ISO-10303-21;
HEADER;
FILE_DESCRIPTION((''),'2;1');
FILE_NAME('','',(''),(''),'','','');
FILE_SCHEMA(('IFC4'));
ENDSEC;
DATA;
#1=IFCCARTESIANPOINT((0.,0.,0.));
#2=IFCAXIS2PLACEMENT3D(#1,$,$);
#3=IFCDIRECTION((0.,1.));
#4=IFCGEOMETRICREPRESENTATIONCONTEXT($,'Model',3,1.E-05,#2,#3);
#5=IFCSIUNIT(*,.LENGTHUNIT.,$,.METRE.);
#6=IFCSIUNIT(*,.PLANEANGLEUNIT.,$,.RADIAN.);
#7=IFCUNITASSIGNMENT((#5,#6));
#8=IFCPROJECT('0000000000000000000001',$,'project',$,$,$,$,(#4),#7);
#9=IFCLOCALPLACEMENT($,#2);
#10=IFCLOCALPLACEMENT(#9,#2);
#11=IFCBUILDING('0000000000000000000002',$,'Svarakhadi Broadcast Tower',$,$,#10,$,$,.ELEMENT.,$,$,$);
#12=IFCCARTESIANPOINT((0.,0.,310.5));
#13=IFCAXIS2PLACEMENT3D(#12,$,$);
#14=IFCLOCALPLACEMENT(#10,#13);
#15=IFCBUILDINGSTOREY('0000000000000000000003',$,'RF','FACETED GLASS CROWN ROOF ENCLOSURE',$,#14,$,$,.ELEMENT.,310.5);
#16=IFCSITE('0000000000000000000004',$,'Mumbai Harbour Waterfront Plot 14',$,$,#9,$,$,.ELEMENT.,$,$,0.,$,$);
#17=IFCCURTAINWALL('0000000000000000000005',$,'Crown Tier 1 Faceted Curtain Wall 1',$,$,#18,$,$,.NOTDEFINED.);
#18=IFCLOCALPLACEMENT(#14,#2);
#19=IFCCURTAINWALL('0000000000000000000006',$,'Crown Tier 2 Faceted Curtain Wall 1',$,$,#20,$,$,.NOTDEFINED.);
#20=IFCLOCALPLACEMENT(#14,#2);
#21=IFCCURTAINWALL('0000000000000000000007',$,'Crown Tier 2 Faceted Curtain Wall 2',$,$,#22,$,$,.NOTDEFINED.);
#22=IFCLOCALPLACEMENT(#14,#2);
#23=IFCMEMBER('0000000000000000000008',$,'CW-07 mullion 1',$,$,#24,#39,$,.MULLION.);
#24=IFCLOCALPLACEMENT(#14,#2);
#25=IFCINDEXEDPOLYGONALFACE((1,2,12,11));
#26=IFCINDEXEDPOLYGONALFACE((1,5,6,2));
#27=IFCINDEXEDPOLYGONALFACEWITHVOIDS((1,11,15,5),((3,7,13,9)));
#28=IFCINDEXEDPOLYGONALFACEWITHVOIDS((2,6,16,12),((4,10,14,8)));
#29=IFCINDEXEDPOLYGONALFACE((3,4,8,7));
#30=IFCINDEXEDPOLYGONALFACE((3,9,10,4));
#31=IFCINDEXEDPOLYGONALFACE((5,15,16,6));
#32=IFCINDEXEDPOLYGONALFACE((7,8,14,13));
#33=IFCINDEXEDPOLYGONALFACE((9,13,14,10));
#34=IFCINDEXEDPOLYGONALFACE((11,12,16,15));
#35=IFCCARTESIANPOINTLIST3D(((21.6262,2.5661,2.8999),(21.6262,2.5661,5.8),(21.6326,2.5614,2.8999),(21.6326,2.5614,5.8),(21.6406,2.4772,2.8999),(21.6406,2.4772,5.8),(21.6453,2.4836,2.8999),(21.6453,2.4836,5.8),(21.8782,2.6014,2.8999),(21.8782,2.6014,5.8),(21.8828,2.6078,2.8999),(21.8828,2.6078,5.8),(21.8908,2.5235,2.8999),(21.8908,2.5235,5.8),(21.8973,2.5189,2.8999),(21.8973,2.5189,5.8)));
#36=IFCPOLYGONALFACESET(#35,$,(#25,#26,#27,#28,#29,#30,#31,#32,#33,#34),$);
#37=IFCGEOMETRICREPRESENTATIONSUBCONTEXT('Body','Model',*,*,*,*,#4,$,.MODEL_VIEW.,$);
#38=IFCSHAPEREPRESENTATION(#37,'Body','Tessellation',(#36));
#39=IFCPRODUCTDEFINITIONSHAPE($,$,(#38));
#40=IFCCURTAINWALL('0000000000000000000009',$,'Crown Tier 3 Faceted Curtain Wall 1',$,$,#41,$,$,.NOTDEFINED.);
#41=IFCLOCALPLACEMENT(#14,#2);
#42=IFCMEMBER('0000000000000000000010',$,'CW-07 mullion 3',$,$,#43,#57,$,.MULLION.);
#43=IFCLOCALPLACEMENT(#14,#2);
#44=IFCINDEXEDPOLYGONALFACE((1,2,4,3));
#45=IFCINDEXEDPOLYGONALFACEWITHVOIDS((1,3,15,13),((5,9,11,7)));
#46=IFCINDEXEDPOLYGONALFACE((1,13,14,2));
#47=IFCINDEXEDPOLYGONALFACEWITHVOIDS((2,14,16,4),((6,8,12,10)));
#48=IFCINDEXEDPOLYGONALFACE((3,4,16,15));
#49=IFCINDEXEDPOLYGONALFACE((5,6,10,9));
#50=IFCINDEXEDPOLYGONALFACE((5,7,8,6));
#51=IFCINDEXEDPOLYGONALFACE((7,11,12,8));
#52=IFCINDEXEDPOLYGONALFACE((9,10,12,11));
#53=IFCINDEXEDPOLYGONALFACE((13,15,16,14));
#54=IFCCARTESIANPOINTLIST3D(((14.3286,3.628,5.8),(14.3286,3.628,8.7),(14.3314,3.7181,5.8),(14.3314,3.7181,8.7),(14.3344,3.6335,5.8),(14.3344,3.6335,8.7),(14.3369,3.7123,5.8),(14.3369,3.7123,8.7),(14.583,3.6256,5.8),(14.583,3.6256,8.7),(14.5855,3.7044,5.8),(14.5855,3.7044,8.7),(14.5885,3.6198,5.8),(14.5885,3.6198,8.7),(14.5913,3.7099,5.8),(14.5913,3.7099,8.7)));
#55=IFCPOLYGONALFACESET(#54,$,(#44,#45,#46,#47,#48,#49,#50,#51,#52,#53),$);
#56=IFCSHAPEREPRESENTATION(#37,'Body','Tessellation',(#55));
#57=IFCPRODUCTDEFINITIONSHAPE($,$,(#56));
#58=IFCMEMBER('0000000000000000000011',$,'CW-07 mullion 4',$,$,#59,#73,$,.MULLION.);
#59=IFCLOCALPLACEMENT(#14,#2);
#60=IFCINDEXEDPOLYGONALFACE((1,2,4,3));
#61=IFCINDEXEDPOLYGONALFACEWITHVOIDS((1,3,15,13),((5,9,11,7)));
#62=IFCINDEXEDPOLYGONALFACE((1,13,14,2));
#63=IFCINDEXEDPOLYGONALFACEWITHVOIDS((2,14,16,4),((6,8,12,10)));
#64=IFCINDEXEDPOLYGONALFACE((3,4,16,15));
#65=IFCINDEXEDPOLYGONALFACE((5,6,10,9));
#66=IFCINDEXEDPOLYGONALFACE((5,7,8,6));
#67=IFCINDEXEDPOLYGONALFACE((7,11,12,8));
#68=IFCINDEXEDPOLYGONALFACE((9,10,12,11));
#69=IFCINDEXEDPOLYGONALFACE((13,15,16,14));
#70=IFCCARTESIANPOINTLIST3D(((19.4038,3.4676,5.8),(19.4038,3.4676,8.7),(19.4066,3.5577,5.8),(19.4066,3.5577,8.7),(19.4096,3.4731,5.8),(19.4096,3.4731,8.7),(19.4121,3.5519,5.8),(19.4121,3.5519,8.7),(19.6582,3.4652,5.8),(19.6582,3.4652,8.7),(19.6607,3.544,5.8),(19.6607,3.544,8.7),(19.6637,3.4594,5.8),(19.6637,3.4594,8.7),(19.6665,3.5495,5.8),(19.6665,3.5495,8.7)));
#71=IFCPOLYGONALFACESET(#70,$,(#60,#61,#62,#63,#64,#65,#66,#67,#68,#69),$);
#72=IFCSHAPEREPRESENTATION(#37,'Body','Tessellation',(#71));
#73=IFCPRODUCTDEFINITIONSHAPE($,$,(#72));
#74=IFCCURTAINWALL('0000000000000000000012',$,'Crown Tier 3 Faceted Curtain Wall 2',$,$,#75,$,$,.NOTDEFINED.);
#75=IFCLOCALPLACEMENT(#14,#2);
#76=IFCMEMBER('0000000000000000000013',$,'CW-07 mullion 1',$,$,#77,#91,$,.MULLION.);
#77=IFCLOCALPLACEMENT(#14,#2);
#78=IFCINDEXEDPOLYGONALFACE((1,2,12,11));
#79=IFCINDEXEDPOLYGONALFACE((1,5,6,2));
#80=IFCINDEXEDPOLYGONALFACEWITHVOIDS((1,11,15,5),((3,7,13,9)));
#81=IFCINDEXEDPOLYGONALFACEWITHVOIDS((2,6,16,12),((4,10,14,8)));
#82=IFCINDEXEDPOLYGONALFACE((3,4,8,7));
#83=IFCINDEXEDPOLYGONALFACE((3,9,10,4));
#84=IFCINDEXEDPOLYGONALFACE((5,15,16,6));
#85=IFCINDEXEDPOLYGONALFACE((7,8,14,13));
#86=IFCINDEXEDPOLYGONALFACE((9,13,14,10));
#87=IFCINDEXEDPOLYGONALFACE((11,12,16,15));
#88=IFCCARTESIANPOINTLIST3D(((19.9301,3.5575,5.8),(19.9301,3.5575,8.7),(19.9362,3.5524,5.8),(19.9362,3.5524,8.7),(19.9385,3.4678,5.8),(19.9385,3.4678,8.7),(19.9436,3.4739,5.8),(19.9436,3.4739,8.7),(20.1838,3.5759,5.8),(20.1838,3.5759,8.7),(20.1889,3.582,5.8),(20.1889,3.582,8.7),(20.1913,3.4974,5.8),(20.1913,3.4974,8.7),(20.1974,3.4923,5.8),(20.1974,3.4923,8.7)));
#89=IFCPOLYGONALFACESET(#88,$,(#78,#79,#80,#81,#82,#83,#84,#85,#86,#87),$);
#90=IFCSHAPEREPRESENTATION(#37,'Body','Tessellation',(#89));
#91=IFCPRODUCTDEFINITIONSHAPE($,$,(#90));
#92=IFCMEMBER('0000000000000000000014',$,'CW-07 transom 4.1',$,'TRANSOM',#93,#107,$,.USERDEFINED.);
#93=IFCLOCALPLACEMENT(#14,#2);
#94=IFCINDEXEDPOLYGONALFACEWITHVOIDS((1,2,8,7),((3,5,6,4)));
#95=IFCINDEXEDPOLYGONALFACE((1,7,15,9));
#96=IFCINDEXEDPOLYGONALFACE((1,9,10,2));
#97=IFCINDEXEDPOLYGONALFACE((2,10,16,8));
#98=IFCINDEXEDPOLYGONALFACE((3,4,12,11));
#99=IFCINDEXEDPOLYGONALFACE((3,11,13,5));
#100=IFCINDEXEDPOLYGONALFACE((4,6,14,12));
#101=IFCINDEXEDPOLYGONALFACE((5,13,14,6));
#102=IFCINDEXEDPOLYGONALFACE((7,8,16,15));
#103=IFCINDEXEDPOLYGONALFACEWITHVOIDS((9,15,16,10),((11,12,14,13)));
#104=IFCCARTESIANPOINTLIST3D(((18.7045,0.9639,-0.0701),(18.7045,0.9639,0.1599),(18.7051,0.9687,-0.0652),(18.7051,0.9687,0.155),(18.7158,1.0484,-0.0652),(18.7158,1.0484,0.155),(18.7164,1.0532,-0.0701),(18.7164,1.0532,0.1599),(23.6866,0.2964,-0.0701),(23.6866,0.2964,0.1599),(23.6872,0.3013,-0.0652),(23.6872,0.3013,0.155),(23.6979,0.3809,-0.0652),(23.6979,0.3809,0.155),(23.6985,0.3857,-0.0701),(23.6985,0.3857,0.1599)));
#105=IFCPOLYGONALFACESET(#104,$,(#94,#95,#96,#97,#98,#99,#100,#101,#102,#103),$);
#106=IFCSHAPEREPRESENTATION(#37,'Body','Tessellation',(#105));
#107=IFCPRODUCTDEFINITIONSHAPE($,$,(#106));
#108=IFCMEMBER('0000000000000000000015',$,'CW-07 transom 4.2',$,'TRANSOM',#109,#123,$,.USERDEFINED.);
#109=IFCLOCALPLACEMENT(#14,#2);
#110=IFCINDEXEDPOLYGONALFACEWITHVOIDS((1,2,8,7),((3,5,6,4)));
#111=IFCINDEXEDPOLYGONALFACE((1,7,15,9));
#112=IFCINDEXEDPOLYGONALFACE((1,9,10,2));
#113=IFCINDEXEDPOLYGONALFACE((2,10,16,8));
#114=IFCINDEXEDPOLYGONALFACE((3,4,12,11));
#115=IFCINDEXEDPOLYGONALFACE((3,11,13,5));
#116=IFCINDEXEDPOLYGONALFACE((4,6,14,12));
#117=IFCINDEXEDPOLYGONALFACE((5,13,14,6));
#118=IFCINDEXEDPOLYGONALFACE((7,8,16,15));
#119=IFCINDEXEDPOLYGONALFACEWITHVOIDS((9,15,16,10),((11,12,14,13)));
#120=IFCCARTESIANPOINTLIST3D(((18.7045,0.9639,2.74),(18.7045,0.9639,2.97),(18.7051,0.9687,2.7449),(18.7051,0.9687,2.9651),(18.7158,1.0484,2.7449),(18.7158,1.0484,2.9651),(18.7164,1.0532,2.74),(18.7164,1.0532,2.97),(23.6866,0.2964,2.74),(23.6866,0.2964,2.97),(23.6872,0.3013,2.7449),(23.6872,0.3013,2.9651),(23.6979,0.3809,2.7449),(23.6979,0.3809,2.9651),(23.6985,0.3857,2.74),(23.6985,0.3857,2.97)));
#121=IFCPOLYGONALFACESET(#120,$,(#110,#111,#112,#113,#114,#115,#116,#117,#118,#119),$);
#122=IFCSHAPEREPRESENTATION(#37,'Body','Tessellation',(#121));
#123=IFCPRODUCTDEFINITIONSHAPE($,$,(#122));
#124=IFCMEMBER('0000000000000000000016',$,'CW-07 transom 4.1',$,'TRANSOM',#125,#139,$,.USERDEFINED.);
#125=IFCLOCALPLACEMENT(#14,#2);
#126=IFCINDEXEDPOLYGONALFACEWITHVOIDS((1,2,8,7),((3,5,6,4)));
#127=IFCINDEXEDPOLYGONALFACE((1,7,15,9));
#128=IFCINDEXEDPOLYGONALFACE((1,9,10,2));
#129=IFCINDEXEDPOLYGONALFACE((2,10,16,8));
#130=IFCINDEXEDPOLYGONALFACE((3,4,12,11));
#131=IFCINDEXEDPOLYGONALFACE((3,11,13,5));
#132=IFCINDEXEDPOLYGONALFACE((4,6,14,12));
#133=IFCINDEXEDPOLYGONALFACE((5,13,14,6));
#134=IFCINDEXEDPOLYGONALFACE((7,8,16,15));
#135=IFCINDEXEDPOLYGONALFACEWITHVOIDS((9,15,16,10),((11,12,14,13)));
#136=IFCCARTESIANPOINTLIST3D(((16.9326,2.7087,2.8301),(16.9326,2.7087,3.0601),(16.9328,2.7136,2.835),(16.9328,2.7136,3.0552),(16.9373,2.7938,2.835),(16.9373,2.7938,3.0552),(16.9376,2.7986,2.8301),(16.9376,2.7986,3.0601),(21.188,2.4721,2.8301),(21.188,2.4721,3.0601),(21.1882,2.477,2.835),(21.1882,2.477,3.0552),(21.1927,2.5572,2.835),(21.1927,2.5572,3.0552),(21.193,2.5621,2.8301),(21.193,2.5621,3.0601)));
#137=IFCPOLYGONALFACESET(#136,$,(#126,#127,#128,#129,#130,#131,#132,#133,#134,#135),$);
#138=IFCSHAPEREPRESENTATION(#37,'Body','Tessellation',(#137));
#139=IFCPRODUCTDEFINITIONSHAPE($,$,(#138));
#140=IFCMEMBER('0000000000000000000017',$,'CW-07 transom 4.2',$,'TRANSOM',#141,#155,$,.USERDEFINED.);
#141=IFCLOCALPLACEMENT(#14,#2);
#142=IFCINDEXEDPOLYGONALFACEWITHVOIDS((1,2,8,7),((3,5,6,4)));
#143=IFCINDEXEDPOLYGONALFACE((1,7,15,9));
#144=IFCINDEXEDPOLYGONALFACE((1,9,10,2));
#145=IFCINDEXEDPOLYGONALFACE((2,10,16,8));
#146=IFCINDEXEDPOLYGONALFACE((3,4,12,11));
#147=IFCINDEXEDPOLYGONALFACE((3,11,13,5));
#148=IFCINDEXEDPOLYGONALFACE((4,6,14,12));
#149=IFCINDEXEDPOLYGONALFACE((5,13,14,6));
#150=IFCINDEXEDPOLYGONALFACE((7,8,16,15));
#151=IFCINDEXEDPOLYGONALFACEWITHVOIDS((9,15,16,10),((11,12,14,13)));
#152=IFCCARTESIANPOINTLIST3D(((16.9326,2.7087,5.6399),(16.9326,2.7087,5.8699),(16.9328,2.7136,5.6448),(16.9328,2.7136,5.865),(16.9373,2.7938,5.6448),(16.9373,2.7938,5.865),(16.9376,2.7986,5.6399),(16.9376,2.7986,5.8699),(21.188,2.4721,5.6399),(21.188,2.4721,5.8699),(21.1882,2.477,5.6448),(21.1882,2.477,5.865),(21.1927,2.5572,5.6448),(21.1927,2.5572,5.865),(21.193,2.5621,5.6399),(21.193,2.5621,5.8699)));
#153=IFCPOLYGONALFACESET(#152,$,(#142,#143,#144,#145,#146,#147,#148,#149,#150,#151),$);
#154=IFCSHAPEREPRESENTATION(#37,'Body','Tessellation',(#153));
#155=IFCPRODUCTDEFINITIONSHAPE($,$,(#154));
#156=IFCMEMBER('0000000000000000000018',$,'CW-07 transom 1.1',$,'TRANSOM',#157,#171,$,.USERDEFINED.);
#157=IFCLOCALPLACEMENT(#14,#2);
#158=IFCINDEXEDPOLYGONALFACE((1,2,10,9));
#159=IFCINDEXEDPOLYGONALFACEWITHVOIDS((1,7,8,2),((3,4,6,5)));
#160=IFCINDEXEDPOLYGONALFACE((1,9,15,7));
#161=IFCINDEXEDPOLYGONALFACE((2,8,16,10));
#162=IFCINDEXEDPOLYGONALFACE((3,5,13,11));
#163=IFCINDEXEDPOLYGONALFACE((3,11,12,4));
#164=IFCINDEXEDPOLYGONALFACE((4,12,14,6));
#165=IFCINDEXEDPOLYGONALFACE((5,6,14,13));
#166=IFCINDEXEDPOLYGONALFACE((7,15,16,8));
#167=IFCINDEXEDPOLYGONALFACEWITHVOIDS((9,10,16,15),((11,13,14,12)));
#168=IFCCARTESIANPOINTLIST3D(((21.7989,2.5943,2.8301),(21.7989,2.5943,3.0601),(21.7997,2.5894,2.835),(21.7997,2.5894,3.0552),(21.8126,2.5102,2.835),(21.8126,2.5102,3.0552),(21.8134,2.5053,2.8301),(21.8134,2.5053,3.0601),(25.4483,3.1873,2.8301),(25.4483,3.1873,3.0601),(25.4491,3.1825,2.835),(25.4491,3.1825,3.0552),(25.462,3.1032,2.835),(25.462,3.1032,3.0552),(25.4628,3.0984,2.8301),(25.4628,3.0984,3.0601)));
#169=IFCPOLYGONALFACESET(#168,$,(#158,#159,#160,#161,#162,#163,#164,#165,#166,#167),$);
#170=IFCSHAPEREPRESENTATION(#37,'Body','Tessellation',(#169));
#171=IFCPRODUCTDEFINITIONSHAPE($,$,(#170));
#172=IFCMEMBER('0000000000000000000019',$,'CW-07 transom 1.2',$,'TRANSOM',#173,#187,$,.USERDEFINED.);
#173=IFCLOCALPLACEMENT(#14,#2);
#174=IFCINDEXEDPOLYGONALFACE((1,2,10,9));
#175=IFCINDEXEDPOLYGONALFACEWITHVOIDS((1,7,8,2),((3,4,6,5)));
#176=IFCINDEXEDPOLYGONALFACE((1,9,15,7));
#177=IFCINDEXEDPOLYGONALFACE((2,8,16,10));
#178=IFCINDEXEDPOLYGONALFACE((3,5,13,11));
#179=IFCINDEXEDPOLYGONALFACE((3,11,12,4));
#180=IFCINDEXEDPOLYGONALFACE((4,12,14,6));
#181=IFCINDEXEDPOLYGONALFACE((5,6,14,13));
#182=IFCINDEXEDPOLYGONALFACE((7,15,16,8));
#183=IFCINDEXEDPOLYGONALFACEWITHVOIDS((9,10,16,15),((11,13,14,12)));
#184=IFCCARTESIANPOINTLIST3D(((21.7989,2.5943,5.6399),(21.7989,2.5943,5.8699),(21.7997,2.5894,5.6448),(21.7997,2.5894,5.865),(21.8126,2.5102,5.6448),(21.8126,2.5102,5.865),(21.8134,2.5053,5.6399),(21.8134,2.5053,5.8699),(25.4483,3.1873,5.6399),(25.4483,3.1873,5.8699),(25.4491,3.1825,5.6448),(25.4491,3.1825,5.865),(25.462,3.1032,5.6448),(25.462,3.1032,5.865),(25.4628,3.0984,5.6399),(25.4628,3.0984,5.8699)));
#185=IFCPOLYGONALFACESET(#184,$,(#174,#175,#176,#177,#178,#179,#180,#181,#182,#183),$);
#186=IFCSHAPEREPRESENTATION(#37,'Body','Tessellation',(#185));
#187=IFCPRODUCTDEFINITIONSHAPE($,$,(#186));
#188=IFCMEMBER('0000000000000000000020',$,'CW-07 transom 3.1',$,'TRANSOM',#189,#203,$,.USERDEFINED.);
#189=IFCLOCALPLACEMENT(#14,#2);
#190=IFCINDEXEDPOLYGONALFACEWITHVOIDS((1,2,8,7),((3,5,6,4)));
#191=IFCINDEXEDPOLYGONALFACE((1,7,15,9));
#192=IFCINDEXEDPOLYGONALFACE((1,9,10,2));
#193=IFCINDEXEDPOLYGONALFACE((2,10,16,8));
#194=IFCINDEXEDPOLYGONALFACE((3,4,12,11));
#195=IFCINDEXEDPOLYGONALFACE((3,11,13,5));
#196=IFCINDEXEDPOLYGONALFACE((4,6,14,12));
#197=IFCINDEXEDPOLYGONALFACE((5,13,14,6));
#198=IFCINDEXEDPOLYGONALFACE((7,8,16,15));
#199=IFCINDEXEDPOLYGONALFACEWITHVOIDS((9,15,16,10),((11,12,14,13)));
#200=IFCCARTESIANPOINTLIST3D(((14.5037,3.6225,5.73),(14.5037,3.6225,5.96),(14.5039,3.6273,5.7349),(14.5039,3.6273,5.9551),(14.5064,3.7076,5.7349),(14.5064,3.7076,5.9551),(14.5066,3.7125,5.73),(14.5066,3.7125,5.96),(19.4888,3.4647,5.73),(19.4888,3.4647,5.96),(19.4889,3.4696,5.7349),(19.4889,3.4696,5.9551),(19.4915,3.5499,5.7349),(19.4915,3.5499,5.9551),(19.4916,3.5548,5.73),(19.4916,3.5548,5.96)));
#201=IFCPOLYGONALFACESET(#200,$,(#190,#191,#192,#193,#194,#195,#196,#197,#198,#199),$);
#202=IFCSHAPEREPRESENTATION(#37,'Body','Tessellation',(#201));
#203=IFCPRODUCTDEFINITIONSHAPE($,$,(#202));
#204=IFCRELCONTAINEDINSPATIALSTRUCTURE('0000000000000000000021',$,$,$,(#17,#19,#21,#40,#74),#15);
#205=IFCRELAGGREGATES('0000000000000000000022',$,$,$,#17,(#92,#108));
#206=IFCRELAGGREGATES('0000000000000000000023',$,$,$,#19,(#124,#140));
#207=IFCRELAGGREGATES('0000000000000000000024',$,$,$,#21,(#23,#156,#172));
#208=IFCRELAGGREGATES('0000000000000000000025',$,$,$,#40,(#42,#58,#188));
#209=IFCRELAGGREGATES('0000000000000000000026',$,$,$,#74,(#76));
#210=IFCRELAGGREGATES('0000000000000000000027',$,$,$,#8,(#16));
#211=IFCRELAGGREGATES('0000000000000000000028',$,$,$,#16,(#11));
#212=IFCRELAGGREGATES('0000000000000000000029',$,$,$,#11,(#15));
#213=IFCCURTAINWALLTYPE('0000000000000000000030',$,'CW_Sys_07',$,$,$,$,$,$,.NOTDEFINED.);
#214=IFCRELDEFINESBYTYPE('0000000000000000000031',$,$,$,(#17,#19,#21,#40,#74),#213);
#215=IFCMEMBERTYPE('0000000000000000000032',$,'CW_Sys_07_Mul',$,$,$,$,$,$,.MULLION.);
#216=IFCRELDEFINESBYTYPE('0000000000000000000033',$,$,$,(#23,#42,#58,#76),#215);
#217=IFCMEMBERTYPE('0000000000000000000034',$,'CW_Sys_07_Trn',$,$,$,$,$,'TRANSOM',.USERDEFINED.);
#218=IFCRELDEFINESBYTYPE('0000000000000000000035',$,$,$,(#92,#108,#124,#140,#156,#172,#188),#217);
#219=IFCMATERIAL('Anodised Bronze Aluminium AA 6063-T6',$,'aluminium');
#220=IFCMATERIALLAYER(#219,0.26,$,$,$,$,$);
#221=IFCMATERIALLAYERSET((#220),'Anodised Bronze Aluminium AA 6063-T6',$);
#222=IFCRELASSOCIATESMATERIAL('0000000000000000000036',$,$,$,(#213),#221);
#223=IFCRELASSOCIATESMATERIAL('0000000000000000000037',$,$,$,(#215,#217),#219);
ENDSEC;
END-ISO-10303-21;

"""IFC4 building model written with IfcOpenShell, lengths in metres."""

from ifc_helpers import new_model, si_unit, direction, frame, origin, origin_2d, place, context, subcontext, project, spatial, hollow_rectangle, extrude, material, layer, layer_set, material_profile, profile_set, type_object, element, aggregate, save


model = new_model("IFC4")

# Units and contexts
model_context = context("Model", 3, precision=1e-05, world=origin(), true_north=direction((0.0, 1.0)))
body_context = subcontext(model_context, "Body", "Model", "MODEL_VIEW")
ifc_project = project(units=[si_unit("LENGTHUNIT", "METRE"), si_unit("PLANEANGLEUNIT", "RADIAN")], contexts=[model_context])

# Site, building, storey
site_placement = place(None, origin())
site = spatial("IfcSite", under=ifc_project, at=site_placement, Name="Mumbai Harbour Waterfront Plot 14", CompositionType="ELEMENT", RefElevation=0.0)
building_placement = place(site_placement, origin())
building = spatial("IfcBuilding", under=site, at=building_placement, Name="Svarakhadi Broadcast Tower", CompositionType="ELEMENT")
storey_placement = place(building_placement, frame((0.0, 0.0, 310.5)))
storey = spatial("IfcBuildingStorey", under=building, at=storey_placement, Name="RF", Description="FACETED GLASS CROWN ROOF ENCLOSURE", CompositionType="ELEMENT", Elevation=310.5)

# Curtain walls
ifc_material_1 = material(Name="Anodised Bronze Aluminium AA 6063-T6", Category="aluminium")
ifc_layer_1 = layer(ifc_material_1, 0.26)
ifc_layer_set_1 = layer_set([ifc_layer_1], Name="Anodised Bronze Aluminium AA 6063-T6")
curtain_wall_type = type_object("IfcCurtainWallType", Name="CW_Sys_07", PredefinedType="NOTDEFINED", material=ifc_layer_set_1)
curtain_wall_1_placement = place(storey_placement, origin())
curtain_wall_1 = element("IfcCurtainWall", 1, at=curtain_wall_1_placement, inside=storey, type_object=curtain_wall_type, Name="Crown Tier 1 Faceted Curtain Wall 1", PredefinedType="NOTDEFINED")
ifc_material_profile_1 = material_profile(ifc_material_1, hollow_rectangle(XDim=0.0901, YDim=0.26, WallThickness=0.0056, at=origin_2d()), Name="ALU MULLION 260x90x6")
ifc_profile_set_1 = profile_set([ifc_material_profile_1], Name="Anodised Bronze Aluminium AA 6063-T6")
member_type_1 = type_object("IfcMemberType", Name="CW_Sys_07_Mul", PredefinedType="MULLION", material=ifc_profile_set_1)
curtain_wall_2_placement = place(storey_placement, origin())
curtain_wall_2 = element("IfcCurtainWall", 2, at=curtain_wall_2_placement, inside=storey, type_object=curtain_wall_type, Name="Crown Tier 2 Faceted Curtain Wall 1", PredefinedType="NOTDEFINED")

# Curtain wall, member
curtain_wall_3_placement = place(storey_placement, origin())
curtain_wall_3 = element("IfcCurtainWall", 3, at=curtain_wall_3_placement, inside=storey, type_object=curtain_wall_type, Name="Crown Tier 2 Faceted Curtain Wall 2", PredefinedType="NOTDEFINED")
member_1_placement = place(storey_placement, frame((21.7617, 2.5425, 2.8999), z_axis=(0.0, 0.0, 1.0), x_axis=(-0.160395, 0.987053, 0.0)))
member_1 = element("IfcMember", 4, at=member_1_placement, type_object=member_type_1, Name="CW-07 mullion 1", PredefinedType="MULLION", context=body_context, shape_type="SweptSolid", body=[
    extrude(hollow_rectangle(XDim=0.0901, YDim=0.26, WallThickness=0.0056, at=origin_2d()), origin(), (0.0, 0.0, 1.0), 2.9001),
])

# Curtain wall, members
curtain_wall_4_placement = place(storey_placement, origin())
curtain_wall_4 = element("IfcCurtainWall", 5, at=curtain_wall_4_placement, inside=storey, type_object=curtain_wall_type, Name="Crown Tier 3 Faceted Curtain Wall 1", PredefinedType="NOTDEFINED")
member_2_placement = place(storey_placement, frame((14.46, 3.6689, 5.8), z_axis=(0.0, 0.0, 1.0), x_axis=(0.031624, 0.9995, 0.0)))
member_2 = element("IfcMember", 6, at=member_2_placement, type_object=member_type_1, Name="CW-07 mullion 3", PredefinedType="MULLION", context=body_context, shape_type="SweptSolid", body=[
    extrude(hollow_rectangle(XDim=0.0901, YDim=0.26, WallThickness=0.0056, at=origin_2d()), origin(), (0.0, 0.0, 1.0), 2.8999),
])
member_3_placement = place(storey_placement, frame((19.5352, 3.5085, 5.8), z_axis=(0.0, 0.0, 1.0), x_axis=(0.031624, 0.9995, 0.0)))
member_3 = element("IfcMember", 7, at=member_3_placement, type_object=member_type_1, Name="CW-07 mullion 4", PredefinedType="MULLION", context=body_context, shape_type="SweptSolid", body=[
    extrude(hollow_rectangle(XDim=0.0901, YDim=0.26, WallThickness=0.0056, at=origin_2d()), origin(), (0.0, 0.0, 1.0), 2.8999),
])

# Curtain wall, member
curtain_wall_5_placement = place(storey_placement, origin())
curtain_wall_5 = element("IfcCurtainWall", 8, at=curtain_wall_5_placement, inside=storey, type_object=curtain_wall_type, Name="Crown Tier 3 Faceted Curtain Wall 2", PredefinedType="NOTDEFINED")
member_4_placement = place(storey_placement, frame((20.0637, 3.5249, 5.8), z_axis=(0.0, 0.0, 1.0), x_axis=(-0.094179, 0.995555, 0.0)))
member_4 = element("IfcMember", 9, at=member_4_placement, type_object=member_type_1, Name="CW-07 mullion 1", PredefinedType="MULLION", context=body_context, shape_type="SweptSolid", body=[
    extrude(hollow_rectangle(XDim=0.0901, YDim=0.26, WallThickness=0.0056, at=origin_2d()), origin(), (0.0, 0.0, 1.0), 2.8999),
])

# Members
ifc_material_profile_2 = material_profile(ifc_material_1, hollow_rectangle(XDim=0.0901, YDim=0.23, WallThickness=0.0049, at=origin_2d()), Name="ALU TRANSOM 230x90x5")
ifc_profile_set_2 = profile_set([ifc_material_profile_2], Name="Anodised Bronze Aluminium AA 6063-T6")
member_type_2 = type_object("IfcMemberType", Name="CW_Sys_07_Trn", ElementType="TRANSOM", PredefinedType="USERDEFINED", material=ifc_profile_set_2)
member_5_placement = place(storey_placement, frame((18.7104, 1.0085, 0.0449), z_axis=(0.991145, -0.132787, 0.0), x_axis=(0.132787, 0.991145, 0.0)))
member_5 = element("IfcMember", 10, at=member_5_placement, type_object=member_type_2, Name="CW-07 transom 4.1", ObjectType="TRANSOM", PredefinedType="USERDEFINED", context=body_context, shape_type="SweptSolid", body=[
    extrude(hollow_rectangle(XDim=0.0901, YDim=0.23, WallThickness=0.0049, at=origin_2d()), origin(), (0.0, 0.0, 1.0), 5.0266),
])
member_6_placement = place(storey_placement, frame((18.7104, 1.0085, 2.855), z_axis=(0.991145, -0.132787, 0.0), x_axis=(0.132787, 0.991145, 0.0)))
member_6 = element("IfcMember", 11, at=member_6_placement, type_object=member_type_2, Name="CW-07 transom 4.2", ObjectType="TRANSOM", PredefinedType="USERDEFINED", context=body_context, shape_type="SweptSolid", body=[
    extrude(hollow_rectangle(XDim=0.0901, YDim=0.23, WallThickness=0.0049, at=origin_2d()), origin(), (0.0, 0.0, 1.0), 5.0266),
])
member_7_placement = place(storey_placement, frame((16.9351, 2.7537, 2.9451), z_axis=(0.998458, -0.055508, 0.0), x_axis=(0.055508, 0.998458, 0.0)))
member_7 = element("IfcMember", 12, at=member_7_placement, type_object=member_type_2, Name="CW-07 transom 4.1", ObjectType="TRANSOM", PredefinedType="USERDEFINED", context=body_context, shape_type="SweptSolid", body=[
    extrude(hollow_rectangle(XDim=0.0901, YDim=0.23, WallThickness=0.0049, at=origin_2d()), origin(), (0.0, 0.0, 1.0), 4.262),
])
member_8_placement = place(storey_placement, frame((16.9351, 2.7537, 5.7549), z_axis=(0.998458, -0.055508, 0.0), x_axis=(0.055508, 0.998458, 0.0)))
member_8 = element("IfcMember", 13, at=member_8_placement, type_object=member_type_2, Name="CW-07 transom 4.2", ObjectType="TRANSOM", PredefinedType="USERDEFINED", context=body_context, shape_type="SweptSolid", body=[
    extrude(hollow_rectangle(XDim=0.0901, YDim=0.23, WallThickness=0.0049, at=origin_2d()), origin(), (0.0, 0.0, 1.0), 4.262),
])
member_9_placement = place(storey_placement, frame((21.8062, 2.5498, 2.9451), z_axis=(0.987053, 0.160393, 0.0), x_axis=(-0.160393, 0.987053, 0.0)))
member_9 = element("IfcMember", 14, at=member_9_placement, type_object=member_type_2, Name="CW-07 transom 1.1", ObjectType="TRANSOM", PredefinedType="USERDEFINED", context=body_context, shape_type="SweptSolid", body=[
    extrude(hollow_rectangle(XDim=0.0901, YDim=0.23, WallThickness=0.0049, at=origin_2d()), origin(), (0.0, 0.0, 1.0), 3.6973),
])
member_10_placement = place(storey_placement, frame((21.8062, 2.5498, 5.7549), z_axis=(0.987053, 0.160393, 0.0), x_axis=(-0.160393, 0.987053, 0.0)))
member_10 = element("IfcMember", 15, at=member_10_placement, type_object=member_type_2, Name="CW-07 transom 1.2", ObjectType="TRANSOM", PredefinedType="USERDEFINED", context=body_context, shape_type="SweptSolid", body=[
    extrude(hollow_rectangle(XDim=0.0901, YDim=0.23, WallThickness=0.0049, at=origin_2d()), origin(), (0.0, 0.0, 1.0), 3.6973),
])
member_11_placement = place(storey_placement, frame((14.5051, 3.6675, 5.845), z_axis=(0.9995, -0.031621, 0.0), x_axis=(0.031621, 0.9995, 0.0)))
member_11 = element("IfcMember", 16, at=member_11_placement, type_object=member_type_2, Name="CW-07 transom 3.1", ObjectType="TRANSOM", PredefinedType="USERDEFINED", context=body_context, shape_type="SweptSolid", body=[
    extrude(hollow_rectangle(XDim=0.0901, YDim=0.23, WallThickness=0.0049, at=origin_2d()), origin(), (0.0, 0.0, 1.0), 4.9875),
])

aggregate(curtain_wall_1, [member_5, member_6])
aggregate(curtain_wall_2, [member_7, member_8])
aggregate(curtain_wall_3, [member_1, member_9, member_10])
aggregate(curtain_wall_4, [member_2, member_3, member_11])
aggregate(curtain_wall_5, [member_4])

save(model, "model.ifc")
